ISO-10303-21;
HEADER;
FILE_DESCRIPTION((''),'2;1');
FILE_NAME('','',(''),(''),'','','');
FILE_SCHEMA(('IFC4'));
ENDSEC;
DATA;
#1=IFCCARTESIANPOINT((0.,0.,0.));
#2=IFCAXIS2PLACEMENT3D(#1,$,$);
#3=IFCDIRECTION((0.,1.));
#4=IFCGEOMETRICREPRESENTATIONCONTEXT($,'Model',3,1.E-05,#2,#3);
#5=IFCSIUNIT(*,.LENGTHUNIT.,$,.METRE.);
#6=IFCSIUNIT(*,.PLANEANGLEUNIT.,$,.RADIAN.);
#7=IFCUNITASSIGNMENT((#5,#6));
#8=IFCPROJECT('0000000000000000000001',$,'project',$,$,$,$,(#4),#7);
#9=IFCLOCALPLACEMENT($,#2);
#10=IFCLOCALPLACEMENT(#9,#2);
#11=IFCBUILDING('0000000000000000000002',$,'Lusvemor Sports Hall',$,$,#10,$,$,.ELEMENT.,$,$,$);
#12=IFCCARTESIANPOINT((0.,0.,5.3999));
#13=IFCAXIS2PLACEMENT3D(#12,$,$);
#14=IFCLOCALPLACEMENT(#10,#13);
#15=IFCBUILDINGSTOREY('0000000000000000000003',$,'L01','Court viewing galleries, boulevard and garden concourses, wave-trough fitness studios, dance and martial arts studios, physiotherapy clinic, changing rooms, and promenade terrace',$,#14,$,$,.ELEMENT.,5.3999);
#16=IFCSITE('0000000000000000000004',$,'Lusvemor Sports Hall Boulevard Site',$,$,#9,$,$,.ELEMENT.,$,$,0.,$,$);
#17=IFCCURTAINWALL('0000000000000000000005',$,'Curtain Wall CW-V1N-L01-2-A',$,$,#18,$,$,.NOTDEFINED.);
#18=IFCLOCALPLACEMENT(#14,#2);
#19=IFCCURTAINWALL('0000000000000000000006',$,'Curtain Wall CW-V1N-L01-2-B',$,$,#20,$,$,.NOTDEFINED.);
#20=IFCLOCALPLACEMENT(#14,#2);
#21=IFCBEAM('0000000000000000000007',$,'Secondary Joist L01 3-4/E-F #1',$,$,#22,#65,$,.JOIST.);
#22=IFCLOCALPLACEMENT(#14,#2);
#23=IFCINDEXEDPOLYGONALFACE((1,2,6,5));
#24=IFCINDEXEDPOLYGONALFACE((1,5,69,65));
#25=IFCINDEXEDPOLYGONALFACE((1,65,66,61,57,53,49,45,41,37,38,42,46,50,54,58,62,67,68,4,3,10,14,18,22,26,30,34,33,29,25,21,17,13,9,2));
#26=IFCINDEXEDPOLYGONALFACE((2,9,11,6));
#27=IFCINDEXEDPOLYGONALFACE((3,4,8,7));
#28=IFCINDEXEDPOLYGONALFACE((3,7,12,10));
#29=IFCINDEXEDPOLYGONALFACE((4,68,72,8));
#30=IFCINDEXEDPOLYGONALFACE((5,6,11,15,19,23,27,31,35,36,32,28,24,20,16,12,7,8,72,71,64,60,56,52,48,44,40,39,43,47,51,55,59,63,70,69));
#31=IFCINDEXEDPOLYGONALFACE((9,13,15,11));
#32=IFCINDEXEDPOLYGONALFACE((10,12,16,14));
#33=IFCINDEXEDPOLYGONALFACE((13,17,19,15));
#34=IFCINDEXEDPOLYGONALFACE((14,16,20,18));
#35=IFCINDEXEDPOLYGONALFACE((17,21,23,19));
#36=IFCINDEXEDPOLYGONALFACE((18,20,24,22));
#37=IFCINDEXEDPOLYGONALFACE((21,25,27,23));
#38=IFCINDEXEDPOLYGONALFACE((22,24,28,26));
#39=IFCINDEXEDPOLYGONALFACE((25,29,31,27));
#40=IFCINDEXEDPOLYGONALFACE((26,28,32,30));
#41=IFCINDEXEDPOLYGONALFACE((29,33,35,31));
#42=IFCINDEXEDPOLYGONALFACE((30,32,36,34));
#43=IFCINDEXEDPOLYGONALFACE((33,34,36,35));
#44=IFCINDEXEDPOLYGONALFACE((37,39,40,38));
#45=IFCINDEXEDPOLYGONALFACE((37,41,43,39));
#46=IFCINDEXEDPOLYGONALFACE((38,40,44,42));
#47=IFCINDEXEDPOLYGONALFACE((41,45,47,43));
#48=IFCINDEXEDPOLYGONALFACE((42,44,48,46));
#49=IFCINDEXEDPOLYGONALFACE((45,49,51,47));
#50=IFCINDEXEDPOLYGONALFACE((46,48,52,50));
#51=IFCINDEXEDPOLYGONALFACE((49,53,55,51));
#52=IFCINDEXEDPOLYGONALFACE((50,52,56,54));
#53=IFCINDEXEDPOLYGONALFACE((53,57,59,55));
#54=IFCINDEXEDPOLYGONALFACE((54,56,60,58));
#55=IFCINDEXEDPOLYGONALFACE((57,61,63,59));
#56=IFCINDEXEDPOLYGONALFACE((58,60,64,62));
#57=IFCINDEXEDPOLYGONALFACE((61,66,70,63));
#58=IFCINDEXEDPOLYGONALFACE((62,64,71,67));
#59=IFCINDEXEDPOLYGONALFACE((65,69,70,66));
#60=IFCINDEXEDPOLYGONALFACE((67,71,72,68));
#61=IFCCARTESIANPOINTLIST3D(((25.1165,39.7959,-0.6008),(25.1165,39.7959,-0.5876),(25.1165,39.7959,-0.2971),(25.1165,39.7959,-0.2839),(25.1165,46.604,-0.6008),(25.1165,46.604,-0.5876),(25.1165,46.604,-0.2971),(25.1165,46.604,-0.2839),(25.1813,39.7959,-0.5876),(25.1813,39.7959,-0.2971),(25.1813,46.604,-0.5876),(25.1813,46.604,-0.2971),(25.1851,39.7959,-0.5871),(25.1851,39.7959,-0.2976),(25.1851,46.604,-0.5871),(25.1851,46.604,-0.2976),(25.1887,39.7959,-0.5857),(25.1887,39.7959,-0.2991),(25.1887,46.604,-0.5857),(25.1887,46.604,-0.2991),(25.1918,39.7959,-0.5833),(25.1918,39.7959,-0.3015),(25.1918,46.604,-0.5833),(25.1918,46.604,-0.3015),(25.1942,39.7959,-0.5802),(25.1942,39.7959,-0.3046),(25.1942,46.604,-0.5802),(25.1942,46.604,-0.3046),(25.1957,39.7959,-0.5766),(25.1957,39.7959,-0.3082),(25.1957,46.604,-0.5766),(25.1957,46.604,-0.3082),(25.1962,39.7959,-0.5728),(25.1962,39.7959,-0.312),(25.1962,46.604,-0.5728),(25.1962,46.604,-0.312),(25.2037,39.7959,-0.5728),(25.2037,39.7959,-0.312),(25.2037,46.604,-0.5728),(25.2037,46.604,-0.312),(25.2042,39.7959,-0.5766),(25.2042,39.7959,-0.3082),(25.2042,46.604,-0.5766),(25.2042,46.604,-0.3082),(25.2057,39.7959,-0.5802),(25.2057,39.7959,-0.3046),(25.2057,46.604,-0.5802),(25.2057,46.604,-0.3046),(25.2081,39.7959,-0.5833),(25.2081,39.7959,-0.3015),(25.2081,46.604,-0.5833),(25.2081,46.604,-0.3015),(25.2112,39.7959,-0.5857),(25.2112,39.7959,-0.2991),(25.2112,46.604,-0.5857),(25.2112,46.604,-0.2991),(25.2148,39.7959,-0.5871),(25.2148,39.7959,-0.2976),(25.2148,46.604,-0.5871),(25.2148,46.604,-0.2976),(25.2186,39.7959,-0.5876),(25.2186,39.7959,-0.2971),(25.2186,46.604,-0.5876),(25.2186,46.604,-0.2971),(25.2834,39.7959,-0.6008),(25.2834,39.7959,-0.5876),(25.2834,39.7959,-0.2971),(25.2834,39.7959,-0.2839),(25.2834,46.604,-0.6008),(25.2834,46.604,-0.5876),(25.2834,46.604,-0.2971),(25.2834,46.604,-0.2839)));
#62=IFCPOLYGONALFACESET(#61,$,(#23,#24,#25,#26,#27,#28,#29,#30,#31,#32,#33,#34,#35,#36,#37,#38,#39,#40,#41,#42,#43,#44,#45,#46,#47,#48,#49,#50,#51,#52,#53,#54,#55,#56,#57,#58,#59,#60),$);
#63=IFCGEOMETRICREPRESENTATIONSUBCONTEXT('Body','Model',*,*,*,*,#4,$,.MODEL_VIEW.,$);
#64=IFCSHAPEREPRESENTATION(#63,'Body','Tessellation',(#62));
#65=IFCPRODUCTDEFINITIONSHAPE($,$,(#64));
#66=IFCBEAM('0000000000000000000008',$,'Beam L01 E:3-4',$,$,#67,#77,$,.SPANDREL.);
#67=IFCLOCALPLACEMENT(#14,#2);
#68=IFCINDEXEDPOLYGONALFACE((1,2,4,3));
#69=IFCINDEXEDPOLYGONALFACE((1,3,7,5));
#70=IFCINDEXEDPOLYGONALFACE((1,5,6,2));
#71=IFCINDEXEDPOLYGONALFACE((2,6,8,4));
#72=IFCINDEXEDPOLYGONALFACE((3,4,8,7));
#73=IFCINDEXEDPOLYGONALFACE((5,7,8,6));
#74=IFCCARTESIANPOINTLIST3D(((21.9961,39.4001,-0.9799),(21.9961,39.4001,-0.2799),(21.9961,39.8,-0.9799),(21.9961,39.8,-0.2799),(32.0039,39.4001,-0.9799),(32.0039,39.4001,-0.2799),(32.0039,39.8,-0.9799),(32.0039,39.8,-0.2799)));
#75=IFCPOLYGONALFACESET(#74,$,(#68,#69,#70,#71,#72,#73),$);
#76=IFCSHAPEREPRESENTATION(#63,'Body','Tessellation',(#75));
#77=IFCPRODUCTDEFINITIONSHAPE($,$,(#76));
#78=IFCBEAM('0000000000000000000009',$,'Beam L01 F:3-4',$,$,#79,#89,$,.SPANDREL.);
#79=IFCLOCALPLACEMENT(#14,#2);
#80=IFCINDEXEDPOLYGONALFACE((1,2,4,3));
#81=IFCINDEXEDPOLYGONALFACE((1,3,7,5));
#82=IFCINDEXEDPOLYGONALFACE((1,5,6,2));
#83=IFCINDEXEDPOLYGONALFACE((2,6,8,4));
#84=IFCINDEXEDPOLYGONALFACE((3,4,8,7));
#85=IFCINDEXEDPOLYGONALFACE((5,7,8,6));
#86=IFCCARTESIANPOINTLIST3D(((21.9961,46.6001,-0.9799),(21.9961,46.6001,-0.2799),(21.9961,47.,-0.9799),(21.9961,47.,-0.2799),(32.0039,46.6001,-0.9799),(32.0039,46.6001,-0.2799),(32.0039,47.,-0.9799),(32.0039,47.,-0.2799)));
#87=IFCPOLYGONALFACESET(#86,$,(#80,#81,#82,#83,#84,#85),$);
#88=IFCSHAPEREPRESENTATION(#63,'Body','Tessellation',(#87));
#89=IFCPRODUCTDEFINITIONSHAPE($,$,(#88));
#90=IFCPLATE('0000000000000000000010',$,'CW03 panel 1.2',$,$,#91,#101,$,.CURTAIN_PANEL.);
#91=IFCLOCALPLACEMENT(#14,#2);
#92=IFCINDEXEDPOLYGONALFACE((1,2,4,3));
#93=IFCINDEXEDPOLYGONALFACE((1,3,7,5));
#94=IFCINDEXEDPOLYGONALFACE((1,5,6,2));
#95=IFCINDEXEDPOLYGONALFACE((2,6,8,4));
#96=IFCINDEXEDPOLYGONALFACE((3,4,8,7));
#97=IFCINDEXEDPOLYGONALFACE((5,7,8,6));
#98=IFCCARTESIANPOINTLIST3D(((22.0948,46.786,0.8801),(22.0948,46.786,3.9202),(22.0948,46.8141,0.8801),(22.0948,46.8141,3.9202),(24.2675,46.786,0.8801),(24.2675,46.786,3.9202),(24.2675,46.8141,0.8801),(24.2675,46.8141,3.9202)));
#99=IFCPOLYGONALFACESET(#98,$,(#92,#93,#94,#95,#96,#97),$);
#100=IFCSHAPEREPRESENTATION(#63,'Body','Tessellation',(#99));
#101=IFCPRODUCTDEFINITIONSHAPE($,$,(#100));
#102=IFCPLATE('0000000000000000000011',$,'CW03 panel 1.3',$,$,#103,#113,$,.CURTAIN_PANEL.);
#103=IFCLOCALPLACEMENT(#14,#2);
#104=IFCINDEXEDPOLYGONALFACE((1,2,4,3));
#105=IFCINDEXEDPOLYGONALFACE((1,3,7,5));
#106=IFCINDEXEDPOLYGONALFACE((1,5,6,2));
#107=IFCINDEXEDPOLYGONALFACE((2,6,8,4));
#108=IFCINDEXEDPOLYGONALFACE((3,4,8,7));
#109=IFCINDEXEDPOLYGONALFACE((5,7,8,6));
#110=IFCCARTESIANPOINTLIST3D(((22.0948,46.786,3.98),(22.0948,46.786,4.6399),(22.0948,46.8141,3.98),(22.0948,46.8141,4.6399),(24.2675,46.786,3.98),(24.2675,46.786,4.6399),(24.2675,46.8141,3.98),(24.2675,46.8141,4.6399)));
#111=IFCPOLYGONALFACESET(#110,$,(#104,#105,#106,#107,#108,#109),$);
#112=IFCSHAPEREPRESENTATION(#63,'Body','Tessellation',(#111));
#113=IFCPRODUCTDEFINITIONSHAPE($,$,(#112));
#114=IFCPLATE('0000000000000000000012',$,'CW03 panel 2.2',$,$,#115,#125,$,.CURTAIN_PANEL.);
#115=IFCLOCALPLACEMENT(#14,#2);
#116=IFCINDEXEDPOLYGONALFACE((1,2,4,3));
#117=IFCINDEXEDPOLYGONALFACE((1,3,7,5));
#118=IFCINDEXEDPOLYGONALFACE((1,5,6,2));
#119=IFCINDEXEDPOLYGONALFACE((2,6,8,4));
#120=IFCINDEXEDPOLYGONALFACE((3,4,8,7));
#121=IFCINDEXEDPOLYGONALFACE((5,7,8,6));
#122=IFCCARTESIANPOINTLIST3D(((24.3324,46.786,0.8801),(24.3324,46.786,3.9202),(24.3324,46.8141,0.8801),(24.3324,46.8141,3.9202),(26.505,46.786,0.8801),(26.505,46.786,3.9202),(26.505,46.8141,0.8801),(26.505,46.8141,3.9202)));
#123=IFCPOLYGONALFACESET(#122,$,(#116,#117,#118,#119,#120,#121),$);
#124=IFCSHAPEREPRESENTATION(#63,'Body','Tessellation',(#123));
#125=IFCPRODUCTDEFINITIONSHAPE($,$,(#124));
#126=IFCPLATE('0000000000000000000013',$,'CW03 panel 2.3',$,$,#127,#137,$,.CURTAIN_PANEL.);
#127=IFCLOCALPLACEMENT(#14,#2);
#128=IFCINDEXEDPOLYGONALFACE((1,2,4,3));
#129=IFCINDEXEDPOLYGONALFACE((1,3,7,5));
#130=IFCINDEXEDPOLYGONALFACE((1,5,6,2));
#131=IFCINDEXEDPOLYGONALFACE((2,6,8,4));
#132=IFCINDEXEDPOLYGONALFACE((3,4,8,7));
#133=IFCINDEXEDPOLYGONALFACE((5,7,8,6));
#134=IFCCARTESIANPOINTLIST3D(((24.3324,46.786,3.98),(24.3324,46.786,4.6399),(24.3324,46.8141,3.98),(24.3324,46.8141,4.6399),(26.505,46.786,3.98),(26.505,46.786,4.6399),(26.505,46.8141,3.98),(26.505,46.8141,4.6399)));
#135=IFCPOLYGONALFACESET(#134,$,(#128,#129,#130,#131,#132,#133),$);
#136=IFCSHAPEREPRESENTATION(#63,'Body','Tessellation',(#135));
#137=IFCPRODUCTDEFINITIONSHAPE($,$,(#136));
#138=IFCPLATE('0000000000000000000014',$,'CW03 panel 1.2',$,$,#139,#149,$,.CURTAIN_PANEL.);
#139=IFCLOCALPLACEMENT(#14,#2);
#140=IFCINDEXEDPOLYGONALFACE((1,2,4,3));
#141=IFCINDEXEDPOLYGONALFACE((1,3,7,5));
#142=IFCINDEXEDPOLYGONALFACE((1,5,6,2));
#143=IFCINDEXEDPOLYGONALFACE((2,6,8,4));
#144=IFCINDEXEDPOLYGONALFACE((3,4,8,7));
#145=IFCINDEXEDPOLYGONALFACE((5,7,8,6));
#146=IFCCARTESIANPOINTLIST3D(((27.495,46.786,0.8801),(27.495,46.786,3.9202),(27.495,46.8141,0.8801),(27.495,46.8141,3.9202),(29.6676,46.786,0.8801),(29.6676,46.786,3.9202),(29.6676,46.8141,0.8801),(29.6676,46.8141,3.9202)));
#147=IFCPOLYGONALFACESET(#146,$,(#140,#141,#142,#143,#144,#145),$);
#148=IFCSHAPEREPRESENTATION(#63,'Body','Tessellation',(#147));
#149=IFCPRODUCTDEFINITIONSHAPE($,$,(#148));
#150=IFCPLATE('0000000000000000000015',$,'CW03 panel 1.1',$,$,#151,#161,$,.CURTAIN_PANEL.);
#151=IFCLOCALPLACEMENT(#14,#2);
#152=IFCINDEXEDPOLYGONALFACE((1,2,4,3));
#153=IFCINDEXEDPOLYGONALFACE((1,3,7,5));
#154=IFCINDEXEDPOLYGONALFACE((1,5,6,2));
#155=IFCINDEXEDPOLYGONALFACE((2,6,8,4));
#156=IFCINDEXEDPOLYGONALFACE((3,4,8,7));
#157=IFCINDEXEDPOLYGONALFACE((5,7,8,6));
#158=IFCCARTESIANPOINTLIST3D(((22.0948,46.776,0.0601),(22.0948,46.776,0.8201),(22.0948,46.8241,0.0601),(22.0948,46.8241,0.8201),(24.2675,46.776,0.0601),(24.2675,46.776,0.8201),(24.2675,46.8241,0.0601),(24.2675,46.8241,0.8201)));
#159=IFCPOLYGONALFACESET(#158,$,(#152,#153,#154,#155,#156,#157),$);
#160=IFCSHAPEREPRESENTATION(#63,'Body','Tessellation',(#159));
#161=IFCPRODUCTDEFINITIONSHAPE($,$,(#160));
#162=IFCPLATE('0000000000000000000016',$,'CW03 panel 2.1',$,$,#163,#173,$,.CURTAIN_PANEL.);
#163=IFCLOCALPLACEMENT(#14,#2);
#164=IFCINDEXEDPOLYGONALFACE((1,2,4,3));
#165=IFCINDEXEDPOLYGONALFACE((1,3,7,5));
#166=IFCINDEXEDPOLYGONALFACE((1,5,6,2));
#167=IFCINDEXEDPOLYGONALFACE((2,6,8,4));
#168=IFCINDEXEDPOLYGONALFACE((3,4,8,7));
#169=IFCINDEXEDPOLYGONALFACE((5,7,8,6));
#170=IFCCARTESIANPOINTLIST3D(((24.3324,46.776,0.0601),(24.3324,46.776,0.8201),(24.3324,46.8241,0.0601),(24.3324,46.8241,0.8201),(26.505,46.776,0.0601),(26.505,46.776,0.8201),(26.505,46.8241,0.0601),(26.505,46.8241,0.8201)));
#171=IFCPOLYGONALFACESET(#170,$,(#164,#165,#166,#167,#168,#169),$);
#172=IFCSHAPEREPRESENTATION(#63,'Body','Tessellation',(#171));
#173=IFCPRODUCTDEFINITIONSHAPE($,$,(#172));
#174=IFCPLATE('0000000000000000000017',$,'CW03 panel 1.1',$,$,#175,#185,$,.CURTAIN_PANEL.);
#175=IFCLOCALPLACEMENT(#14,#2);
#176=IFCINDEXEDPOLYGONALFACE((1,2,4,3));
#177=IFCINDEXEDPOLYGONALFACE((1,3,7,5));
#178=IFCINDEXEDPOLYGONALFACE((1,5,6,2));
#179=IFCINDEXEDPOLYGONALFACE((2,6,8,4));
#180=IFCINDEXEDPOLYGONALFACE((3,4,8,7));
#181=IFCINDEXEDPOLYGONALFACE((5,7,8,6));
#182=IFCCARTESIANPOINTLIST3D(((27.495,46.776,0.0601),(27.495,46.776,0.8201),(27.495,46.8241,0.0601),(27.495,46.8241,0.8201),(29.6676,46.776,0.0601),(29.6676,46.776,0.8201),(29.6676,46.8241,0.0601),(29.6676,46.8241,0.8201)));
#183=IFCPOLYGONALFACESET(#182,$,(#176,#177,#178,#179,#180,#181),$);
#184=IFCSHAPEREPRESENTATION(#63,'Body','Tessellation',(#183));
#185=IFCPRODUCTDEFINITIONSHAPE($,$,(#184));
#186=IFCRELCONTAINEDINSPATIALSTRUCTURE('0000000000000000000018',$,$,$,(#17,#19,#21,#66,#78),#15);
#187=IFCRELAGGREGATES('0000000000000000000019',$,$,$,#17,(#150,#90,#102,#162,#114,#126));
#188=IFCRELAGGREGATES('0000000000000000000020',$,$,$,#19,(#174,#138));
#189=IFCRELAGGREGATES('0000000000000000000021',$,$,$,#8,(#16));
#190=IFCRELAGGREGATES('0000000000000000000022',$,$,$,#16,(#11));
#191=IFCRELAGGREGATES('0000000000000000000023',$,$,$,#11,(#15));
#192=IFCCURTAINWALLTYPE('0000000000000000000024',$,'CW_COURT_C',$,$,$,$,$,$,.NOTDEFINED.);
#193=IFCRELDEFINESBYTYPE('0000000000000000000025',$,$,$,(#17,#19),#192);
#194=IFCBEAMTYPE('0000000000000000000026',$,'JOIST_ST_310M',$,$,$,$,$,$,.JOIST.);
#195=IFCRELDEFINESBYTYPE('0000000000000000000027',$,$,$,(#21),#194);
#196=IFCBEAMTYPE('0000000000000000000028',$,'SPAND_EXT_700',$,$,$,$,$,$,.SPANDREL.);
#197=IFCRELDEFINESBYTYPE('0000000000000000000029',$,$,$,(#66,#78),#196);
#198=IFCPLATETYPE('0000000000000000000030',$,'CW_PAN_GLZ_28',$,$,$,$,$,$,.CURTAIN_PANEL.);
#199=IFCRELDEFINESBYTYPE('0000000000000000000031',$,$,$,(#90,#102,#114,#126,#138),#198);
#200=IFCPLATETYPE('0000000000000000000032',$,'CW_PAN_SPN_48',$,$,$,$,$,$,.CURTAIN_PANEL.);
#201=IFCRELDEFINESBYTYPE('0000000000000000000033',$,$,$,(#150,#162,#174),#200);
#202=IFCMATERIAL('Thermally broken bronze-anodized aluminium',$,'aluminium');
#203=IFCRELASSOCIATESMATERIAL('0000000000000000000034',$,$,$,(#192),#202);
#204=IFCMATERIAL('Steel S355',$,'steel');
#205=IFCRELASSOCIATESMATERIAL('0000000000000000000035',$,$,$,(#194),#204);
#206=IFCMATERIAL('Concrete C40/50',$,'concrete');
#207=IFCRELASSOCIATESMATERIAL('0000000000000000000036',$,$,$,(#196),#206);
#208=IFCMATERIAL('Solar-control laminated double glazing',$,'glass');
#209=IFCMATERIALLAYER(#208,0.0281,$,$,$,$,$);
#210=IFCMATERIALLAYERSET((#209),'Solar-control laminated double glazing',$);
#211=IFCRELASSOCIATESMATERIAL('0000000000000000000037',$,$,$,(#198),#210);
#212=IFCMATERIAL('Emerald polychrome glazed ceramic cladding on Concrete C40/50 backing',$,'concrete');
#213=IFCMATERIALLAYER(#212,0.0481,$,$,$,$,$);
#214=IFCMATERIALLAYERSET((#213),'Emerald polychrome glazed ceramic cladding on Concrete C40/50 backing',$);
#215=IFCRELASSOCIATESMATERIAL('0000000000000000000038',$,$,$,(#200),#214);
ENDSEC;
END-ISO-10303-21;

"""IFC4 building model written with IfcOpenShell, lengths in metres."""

from ifc_helpers import new_model, si_unit, direction, frame, origin, origin_2d, place, context, subcontext, project, spatial, rectangle, i_section, extrude, material, layer, layer_set, material_profile, profile_set, type_object, element, aggregate, save


model = new_model("IFC4")

# Units and contexts
model_context = context("Model", 3, precision=1e-05, world=origin(), true_north=direction((0.0, 1.0)))
body_context = subcontext(model_context, "Body", "Model", "MODEL_VIEW")
ifc_project = project(units=[si_unit("LENGTHUNIT", "METRE"), si_unit("PLANEANGLEUNIT", "RADIAN")], contexts=[model_context])

# Site, building, storey
site_placement = place(None, origin())
site = spatial("IfcSite", under=ifc_project, at=site_placement, Name="Lusvemor Sports Hall Boulevard Site", CompositionType="ELEMENT", RefElevation=0.0)
building_placement = place(site_placement, origin())
building = spatial("IfcBuilding", under=site, at=building_placement, Name="Lusvemor Sports Hall", CompositionType="ELEMENT")
storey_placement = place(building_placement, frame((0.0, 0.0, 5.3999)))
storey = spatial("IfcBuildingStorey", under=building, at=storey_placement, Name="L01", Description="Court viewing galleries, boulevard and garden concourses, wave-trough fitness studios, dance and martial arts studios, physiotherapy clinic, changing rooms, and promenade terrace", CompositionType="ELEMENT", Elevation=5.3999)

# Curtain wall
ifc_material_1 = material(Name="Thermally broken bronze-anodized aluminium", Category="aluminium")
curtain_wall_type = type_object("IfcCurtainWallType", Name="CW_COURT_C", PredefinedType="NOTDEFINED", material=ifc_material_1)
curtain_wall_1_placement = place(storey_placement, origin())
curtain_wall_1 = element("IfcCurtainWall", 1, at=curtain_wall_1_placement, inside=storey, type_object=curtain_wall_type, Name="Curtain Wall CW-V1N-L01-2-A", PredefinedType="NOTDEFINED")

# Curtain wall
curtain_wall_2_placement = place(storey_placement, origin())
curtain_wall_2 = element("IfcCurtainWall", 2, at=curtain_wall_2_placement, inside=storey, type_object=curtain_wall_type, Name="Curtain Wall CW-V1N-L01-2-B", PredefinedType="NOTDEFINED")

# Beams
ifc_material_2 = material(Name="Steel S355", Category="steel")
ifc_material_profile_1 = material_profile(ifc_material_2, i_section(OverallWidth=0.167, OverallDepth=0.3169, WebThickness=0.0076, FlangeThickness=0.0132, FilletRadius=0.0149, at=origin_2d()), Name="W310x52.0")
ifc_profile_set_1 = profile_set([ifc_material_profile_1], Name="Steel S355")
beam_type_1 = type_object("IfcBeamType", Name="JOIST_ST_310M", PredefinedType="JOIST", material=ifc_profile_set_1)
beam_1_placement = place(storey_placement, frame((25.2, 39.7959, -0.4424), z_axis=(0.0, 1.0, 0.0), x_axis=(-1.0, 0.0, 0.0)))
element("IfcBeam", 3, at=beam_1_placement, inside=storey, type_object=beam_type_1, Name="Secondary Joist L01 3-4/E-F #1", PredefinedType="JOIST", context=body_context, shape_type="SweptSolid", body=[
    extrude(i_section(OverallWidth=0.167, OverallDepth=0.3169, WebThickness=0.0076, FlangeThickness=0.0132, FilletRadius=0.0149, at=origin_2d()), origin(), (0.0, 0.0, 1.0), 6.8081),
])
ifc_material_3 = material(Name="Concrete C40/50", Category="concrete")
ifc_material_profile_2 = material_profile(ifc_material_3, rectangle(XDim=0.3999, YDim=0.7, at=origin_2d()), Name="RC400x700")
ifc_profile_set_2 = profile_set([ifc_material_profile_2], Name="Concrete C40/50")
beam_type_2 = type_object("IfcBeamType", Name="SPAND_EXT_700", PredefinedType="SPANDREL", material=ifc_profile_set_2)
for number, where, z_axis, x_axis, name in (
    (4, (21.9961, 39.6001, -0.6299), (1.0, 0.0, 0.0), (0.0, 1.0, 0.0), "Beam L01 E:3-4"),
    (5, (21.9961, 46.8, -0.6299), (1.0, 0.0, 0.0), (0.0, 1.0, 0.0), "Beam L01 F:3-4"),
):
    element("IfcBeam", number, at=place(storey_placement, frame(where, z_axis=z_axis, x_axis=x_axis)), inside=storey, type_object=beam_type_2, Name=name, PredefinedType="SPANDREL", context=body_context, shape_type="SweptSolid", body=[
        extrude(rectangle(XDim=0.3999, YDim=0.7, at=origin_2d()), origin(), (0.0, 0.0, 1.0), 10.0078),
    ])

# Plates
ifc_material_4 = material(Name="Solar-control laminated double glazing", Category="glass")
ifc_layer_1 = layer(ifc_material_4, 0.0281)
ifc_layer_set_1 = layer_set([ifc_layer_1], Name="Solar-control laminated double glazing")
plate_type_1 = type_object("IfcPlateType", Name="CW_PAN_GLZ_28", PredefinedType="CURTAIN_PANEL", material=ifc_layer_set_1)
plate_1_placement = place(storey_placement, frame((23.1812, 46.8, 0.8801), z_axis=(0.0, 0.0, 1.0), x_axis=(1.0, 0.0, 0.0)))
plate_1 = element("IfcPlate", 6, at=plate_1_placement, type_object=plate_type_1, Name="CW03 panel 1.2", PredefinedType="CURTAIN_PANEL", context=body_context, shape_type="SweptSolid", body=[
    extrude(rectangle(XDim=2.1726, YDim=0.0281, at=origin_2d()), origin(), (0.0, 0.0, 1.0), 3.04),
])
plate_2_placement = place(storey_placement, frame((23.1812, 46.8, 3.98), z_axis=(0.0, 0.0, 1.0), x_axis=(1.0, 0.0, 0.0)))
plate_2 = element("IfcPlate", 7, at=plate_2_placement, type_object=plate_type_1, Name="CW03 panel 1.3", PredefinedType="CURTAIN_PANEL", context=body_context, shape_type="SweptSolid", body=[
    extrude(rectangle(XDim=2.1726, YDim=0.0281, at=origin_2d()), origin(), (0.0, 0.0, 1.0), 0.6599),
])
plate_3_placement = place(storey_placement, frame((25.4187, 46.8, 0.8801), z_axis=(0.0, 0.0, 1.0), x_axis=(1.0, 0.0, 0.0)))
plate_3 = element("IfcPlate", 8, at=plate_3_placement, type_object=plate_type_1, Name="CW03 panel 2.2", PredefinedType="CURTAIN_PANEL", context=body_context, shape_type="SweptSolid", body=[
    extrude(rectangle(XDim=2.1726, YDim=0.0281, at=origin_2d()), origin(), (0.0, 0.0, 1.0), 3.04),
])
plate_4_placement = place(storey_placement, frame((25.4187, 46.8, 3.98), z_axis=(0.0, 0.0, 1.0), x_axis=(1.0, 0.0, 0.0)))
plate_4 = element("IfcPlate", 9, at=plate_4_placement, type_object=plate_type_1, Name="CW03 panel 2.3", PredefinedType="CURTAIN_PANEL", context=body_context, shape_type="SweptSolid", body=[
    extrude(rectangle(XDim=2.1726, YDim=0.0281, at=origin_2d()), origin(), (0.0, 0.0, 1.0), 0.6599),
])
plate_5_placement = place(storey_placement, frame((28.5813, 46.8, 0.8801), z_axis=(0.0, 0.0, 1.0), x_axis=(1.0, 0.0, 0.0)))
plate_5 = element("IfcPlate", 10, at=plate_5_placement, type_object=plate_type_1, Name="CW03 panel 1.2", PredefinedType="CURTAIN_PANEL", context=body_context, shape_type="SweptSolid", body=[
    extrude(rectangle(XDim=2.1726, YDim=0.0281, at=origin_2d()), origin(), (0.0, 0.0, 1.0), 3.04),
])
ifc_material_5 = material(Name="Emerald polychrome glazed ceramic cladding on Concrete C40/50 backing", Category="concrete")
ifc_layer_2 = layer(ifc_material_5, 0.0481)
ifc_layer_set_2 = layer_set([ifc_layer_2], Name="Emerald polychrome glazed ceramic cladding on Concrete C40/50 backing")
plate_type_2 = type_object("IfcPlateType", Name="CW_PAN_SPN_48", PredefinedType="CURTAIN_PANEL", material=ifc_layer_set_2)
plate_6_placement = place(storey_placement, frame((23.1812, 46.8, 0.0601), z_axis=(0.0, 0.0, 1.0), x_axis=(1.0, 0.0, 0.0)))
plate_6 = element("IfcPlate", 11, at=plate_6_placement, type_object=plate_type_2, Name="CW03 panel 1.1", PredefinedType="CURTAIN_PANEL", context=body_context, shape_type="SweptSolid", body=[
    extrude(rectangle(XDim=2.1726, YDim=0.0481, at=origin_2d()), origin(), (0.0, 0.0, 1.0), 0.76),
])
plate_7_placement = place(storey_placement, frame((25.4187, 46.8, 0.0601), z_axis=(0.0, 0.0, 1.0), x_axis=(1.0, 0.0, 0.0)))
plate_7 = element("IfcPlate", 12, at=plate_7_placement, type_object=plate_type_2, Name="CW03 panel 2.1", PredefinedType="CURTAIN_PANEL", context=body_context, shape_type="SweptSolid", body=[
    extrude(rectangle(XDim=2.1726, YDim=0.0481, at=origin_2d()), origin(), (0.0, 0.0, 1.0), 0.76),
])
aggregate(curtain_wall_1, [plate_6, plate_1, plate_2, plate_7, plate_3, plate_4])
plate_8_placement = place(storey_placement, frame((28.5813, 46.8, 0.0601), z_axis=(0.0, 0.0, 1.0), x_axis=(1.0, 0.0, 0.0)))
plate_8 = element("IfcPlate", 13, at=plate_8_placement, type_object=plate_type_2, Name="CW03 panel 1.1", PredefinedType="CURTAIN_PANEL", context=body_context, shape_type="SweptSolid", body=[
    extrude(rectangle(XDim=2.1726, YDim=0.0481, at=origin_2d()), origin(), (0.0, 0.0, 1.0), 0.76),
])
aggregate(curtain_wall_2, [plate_8, plate_5])

save(model, "model.ifc")
